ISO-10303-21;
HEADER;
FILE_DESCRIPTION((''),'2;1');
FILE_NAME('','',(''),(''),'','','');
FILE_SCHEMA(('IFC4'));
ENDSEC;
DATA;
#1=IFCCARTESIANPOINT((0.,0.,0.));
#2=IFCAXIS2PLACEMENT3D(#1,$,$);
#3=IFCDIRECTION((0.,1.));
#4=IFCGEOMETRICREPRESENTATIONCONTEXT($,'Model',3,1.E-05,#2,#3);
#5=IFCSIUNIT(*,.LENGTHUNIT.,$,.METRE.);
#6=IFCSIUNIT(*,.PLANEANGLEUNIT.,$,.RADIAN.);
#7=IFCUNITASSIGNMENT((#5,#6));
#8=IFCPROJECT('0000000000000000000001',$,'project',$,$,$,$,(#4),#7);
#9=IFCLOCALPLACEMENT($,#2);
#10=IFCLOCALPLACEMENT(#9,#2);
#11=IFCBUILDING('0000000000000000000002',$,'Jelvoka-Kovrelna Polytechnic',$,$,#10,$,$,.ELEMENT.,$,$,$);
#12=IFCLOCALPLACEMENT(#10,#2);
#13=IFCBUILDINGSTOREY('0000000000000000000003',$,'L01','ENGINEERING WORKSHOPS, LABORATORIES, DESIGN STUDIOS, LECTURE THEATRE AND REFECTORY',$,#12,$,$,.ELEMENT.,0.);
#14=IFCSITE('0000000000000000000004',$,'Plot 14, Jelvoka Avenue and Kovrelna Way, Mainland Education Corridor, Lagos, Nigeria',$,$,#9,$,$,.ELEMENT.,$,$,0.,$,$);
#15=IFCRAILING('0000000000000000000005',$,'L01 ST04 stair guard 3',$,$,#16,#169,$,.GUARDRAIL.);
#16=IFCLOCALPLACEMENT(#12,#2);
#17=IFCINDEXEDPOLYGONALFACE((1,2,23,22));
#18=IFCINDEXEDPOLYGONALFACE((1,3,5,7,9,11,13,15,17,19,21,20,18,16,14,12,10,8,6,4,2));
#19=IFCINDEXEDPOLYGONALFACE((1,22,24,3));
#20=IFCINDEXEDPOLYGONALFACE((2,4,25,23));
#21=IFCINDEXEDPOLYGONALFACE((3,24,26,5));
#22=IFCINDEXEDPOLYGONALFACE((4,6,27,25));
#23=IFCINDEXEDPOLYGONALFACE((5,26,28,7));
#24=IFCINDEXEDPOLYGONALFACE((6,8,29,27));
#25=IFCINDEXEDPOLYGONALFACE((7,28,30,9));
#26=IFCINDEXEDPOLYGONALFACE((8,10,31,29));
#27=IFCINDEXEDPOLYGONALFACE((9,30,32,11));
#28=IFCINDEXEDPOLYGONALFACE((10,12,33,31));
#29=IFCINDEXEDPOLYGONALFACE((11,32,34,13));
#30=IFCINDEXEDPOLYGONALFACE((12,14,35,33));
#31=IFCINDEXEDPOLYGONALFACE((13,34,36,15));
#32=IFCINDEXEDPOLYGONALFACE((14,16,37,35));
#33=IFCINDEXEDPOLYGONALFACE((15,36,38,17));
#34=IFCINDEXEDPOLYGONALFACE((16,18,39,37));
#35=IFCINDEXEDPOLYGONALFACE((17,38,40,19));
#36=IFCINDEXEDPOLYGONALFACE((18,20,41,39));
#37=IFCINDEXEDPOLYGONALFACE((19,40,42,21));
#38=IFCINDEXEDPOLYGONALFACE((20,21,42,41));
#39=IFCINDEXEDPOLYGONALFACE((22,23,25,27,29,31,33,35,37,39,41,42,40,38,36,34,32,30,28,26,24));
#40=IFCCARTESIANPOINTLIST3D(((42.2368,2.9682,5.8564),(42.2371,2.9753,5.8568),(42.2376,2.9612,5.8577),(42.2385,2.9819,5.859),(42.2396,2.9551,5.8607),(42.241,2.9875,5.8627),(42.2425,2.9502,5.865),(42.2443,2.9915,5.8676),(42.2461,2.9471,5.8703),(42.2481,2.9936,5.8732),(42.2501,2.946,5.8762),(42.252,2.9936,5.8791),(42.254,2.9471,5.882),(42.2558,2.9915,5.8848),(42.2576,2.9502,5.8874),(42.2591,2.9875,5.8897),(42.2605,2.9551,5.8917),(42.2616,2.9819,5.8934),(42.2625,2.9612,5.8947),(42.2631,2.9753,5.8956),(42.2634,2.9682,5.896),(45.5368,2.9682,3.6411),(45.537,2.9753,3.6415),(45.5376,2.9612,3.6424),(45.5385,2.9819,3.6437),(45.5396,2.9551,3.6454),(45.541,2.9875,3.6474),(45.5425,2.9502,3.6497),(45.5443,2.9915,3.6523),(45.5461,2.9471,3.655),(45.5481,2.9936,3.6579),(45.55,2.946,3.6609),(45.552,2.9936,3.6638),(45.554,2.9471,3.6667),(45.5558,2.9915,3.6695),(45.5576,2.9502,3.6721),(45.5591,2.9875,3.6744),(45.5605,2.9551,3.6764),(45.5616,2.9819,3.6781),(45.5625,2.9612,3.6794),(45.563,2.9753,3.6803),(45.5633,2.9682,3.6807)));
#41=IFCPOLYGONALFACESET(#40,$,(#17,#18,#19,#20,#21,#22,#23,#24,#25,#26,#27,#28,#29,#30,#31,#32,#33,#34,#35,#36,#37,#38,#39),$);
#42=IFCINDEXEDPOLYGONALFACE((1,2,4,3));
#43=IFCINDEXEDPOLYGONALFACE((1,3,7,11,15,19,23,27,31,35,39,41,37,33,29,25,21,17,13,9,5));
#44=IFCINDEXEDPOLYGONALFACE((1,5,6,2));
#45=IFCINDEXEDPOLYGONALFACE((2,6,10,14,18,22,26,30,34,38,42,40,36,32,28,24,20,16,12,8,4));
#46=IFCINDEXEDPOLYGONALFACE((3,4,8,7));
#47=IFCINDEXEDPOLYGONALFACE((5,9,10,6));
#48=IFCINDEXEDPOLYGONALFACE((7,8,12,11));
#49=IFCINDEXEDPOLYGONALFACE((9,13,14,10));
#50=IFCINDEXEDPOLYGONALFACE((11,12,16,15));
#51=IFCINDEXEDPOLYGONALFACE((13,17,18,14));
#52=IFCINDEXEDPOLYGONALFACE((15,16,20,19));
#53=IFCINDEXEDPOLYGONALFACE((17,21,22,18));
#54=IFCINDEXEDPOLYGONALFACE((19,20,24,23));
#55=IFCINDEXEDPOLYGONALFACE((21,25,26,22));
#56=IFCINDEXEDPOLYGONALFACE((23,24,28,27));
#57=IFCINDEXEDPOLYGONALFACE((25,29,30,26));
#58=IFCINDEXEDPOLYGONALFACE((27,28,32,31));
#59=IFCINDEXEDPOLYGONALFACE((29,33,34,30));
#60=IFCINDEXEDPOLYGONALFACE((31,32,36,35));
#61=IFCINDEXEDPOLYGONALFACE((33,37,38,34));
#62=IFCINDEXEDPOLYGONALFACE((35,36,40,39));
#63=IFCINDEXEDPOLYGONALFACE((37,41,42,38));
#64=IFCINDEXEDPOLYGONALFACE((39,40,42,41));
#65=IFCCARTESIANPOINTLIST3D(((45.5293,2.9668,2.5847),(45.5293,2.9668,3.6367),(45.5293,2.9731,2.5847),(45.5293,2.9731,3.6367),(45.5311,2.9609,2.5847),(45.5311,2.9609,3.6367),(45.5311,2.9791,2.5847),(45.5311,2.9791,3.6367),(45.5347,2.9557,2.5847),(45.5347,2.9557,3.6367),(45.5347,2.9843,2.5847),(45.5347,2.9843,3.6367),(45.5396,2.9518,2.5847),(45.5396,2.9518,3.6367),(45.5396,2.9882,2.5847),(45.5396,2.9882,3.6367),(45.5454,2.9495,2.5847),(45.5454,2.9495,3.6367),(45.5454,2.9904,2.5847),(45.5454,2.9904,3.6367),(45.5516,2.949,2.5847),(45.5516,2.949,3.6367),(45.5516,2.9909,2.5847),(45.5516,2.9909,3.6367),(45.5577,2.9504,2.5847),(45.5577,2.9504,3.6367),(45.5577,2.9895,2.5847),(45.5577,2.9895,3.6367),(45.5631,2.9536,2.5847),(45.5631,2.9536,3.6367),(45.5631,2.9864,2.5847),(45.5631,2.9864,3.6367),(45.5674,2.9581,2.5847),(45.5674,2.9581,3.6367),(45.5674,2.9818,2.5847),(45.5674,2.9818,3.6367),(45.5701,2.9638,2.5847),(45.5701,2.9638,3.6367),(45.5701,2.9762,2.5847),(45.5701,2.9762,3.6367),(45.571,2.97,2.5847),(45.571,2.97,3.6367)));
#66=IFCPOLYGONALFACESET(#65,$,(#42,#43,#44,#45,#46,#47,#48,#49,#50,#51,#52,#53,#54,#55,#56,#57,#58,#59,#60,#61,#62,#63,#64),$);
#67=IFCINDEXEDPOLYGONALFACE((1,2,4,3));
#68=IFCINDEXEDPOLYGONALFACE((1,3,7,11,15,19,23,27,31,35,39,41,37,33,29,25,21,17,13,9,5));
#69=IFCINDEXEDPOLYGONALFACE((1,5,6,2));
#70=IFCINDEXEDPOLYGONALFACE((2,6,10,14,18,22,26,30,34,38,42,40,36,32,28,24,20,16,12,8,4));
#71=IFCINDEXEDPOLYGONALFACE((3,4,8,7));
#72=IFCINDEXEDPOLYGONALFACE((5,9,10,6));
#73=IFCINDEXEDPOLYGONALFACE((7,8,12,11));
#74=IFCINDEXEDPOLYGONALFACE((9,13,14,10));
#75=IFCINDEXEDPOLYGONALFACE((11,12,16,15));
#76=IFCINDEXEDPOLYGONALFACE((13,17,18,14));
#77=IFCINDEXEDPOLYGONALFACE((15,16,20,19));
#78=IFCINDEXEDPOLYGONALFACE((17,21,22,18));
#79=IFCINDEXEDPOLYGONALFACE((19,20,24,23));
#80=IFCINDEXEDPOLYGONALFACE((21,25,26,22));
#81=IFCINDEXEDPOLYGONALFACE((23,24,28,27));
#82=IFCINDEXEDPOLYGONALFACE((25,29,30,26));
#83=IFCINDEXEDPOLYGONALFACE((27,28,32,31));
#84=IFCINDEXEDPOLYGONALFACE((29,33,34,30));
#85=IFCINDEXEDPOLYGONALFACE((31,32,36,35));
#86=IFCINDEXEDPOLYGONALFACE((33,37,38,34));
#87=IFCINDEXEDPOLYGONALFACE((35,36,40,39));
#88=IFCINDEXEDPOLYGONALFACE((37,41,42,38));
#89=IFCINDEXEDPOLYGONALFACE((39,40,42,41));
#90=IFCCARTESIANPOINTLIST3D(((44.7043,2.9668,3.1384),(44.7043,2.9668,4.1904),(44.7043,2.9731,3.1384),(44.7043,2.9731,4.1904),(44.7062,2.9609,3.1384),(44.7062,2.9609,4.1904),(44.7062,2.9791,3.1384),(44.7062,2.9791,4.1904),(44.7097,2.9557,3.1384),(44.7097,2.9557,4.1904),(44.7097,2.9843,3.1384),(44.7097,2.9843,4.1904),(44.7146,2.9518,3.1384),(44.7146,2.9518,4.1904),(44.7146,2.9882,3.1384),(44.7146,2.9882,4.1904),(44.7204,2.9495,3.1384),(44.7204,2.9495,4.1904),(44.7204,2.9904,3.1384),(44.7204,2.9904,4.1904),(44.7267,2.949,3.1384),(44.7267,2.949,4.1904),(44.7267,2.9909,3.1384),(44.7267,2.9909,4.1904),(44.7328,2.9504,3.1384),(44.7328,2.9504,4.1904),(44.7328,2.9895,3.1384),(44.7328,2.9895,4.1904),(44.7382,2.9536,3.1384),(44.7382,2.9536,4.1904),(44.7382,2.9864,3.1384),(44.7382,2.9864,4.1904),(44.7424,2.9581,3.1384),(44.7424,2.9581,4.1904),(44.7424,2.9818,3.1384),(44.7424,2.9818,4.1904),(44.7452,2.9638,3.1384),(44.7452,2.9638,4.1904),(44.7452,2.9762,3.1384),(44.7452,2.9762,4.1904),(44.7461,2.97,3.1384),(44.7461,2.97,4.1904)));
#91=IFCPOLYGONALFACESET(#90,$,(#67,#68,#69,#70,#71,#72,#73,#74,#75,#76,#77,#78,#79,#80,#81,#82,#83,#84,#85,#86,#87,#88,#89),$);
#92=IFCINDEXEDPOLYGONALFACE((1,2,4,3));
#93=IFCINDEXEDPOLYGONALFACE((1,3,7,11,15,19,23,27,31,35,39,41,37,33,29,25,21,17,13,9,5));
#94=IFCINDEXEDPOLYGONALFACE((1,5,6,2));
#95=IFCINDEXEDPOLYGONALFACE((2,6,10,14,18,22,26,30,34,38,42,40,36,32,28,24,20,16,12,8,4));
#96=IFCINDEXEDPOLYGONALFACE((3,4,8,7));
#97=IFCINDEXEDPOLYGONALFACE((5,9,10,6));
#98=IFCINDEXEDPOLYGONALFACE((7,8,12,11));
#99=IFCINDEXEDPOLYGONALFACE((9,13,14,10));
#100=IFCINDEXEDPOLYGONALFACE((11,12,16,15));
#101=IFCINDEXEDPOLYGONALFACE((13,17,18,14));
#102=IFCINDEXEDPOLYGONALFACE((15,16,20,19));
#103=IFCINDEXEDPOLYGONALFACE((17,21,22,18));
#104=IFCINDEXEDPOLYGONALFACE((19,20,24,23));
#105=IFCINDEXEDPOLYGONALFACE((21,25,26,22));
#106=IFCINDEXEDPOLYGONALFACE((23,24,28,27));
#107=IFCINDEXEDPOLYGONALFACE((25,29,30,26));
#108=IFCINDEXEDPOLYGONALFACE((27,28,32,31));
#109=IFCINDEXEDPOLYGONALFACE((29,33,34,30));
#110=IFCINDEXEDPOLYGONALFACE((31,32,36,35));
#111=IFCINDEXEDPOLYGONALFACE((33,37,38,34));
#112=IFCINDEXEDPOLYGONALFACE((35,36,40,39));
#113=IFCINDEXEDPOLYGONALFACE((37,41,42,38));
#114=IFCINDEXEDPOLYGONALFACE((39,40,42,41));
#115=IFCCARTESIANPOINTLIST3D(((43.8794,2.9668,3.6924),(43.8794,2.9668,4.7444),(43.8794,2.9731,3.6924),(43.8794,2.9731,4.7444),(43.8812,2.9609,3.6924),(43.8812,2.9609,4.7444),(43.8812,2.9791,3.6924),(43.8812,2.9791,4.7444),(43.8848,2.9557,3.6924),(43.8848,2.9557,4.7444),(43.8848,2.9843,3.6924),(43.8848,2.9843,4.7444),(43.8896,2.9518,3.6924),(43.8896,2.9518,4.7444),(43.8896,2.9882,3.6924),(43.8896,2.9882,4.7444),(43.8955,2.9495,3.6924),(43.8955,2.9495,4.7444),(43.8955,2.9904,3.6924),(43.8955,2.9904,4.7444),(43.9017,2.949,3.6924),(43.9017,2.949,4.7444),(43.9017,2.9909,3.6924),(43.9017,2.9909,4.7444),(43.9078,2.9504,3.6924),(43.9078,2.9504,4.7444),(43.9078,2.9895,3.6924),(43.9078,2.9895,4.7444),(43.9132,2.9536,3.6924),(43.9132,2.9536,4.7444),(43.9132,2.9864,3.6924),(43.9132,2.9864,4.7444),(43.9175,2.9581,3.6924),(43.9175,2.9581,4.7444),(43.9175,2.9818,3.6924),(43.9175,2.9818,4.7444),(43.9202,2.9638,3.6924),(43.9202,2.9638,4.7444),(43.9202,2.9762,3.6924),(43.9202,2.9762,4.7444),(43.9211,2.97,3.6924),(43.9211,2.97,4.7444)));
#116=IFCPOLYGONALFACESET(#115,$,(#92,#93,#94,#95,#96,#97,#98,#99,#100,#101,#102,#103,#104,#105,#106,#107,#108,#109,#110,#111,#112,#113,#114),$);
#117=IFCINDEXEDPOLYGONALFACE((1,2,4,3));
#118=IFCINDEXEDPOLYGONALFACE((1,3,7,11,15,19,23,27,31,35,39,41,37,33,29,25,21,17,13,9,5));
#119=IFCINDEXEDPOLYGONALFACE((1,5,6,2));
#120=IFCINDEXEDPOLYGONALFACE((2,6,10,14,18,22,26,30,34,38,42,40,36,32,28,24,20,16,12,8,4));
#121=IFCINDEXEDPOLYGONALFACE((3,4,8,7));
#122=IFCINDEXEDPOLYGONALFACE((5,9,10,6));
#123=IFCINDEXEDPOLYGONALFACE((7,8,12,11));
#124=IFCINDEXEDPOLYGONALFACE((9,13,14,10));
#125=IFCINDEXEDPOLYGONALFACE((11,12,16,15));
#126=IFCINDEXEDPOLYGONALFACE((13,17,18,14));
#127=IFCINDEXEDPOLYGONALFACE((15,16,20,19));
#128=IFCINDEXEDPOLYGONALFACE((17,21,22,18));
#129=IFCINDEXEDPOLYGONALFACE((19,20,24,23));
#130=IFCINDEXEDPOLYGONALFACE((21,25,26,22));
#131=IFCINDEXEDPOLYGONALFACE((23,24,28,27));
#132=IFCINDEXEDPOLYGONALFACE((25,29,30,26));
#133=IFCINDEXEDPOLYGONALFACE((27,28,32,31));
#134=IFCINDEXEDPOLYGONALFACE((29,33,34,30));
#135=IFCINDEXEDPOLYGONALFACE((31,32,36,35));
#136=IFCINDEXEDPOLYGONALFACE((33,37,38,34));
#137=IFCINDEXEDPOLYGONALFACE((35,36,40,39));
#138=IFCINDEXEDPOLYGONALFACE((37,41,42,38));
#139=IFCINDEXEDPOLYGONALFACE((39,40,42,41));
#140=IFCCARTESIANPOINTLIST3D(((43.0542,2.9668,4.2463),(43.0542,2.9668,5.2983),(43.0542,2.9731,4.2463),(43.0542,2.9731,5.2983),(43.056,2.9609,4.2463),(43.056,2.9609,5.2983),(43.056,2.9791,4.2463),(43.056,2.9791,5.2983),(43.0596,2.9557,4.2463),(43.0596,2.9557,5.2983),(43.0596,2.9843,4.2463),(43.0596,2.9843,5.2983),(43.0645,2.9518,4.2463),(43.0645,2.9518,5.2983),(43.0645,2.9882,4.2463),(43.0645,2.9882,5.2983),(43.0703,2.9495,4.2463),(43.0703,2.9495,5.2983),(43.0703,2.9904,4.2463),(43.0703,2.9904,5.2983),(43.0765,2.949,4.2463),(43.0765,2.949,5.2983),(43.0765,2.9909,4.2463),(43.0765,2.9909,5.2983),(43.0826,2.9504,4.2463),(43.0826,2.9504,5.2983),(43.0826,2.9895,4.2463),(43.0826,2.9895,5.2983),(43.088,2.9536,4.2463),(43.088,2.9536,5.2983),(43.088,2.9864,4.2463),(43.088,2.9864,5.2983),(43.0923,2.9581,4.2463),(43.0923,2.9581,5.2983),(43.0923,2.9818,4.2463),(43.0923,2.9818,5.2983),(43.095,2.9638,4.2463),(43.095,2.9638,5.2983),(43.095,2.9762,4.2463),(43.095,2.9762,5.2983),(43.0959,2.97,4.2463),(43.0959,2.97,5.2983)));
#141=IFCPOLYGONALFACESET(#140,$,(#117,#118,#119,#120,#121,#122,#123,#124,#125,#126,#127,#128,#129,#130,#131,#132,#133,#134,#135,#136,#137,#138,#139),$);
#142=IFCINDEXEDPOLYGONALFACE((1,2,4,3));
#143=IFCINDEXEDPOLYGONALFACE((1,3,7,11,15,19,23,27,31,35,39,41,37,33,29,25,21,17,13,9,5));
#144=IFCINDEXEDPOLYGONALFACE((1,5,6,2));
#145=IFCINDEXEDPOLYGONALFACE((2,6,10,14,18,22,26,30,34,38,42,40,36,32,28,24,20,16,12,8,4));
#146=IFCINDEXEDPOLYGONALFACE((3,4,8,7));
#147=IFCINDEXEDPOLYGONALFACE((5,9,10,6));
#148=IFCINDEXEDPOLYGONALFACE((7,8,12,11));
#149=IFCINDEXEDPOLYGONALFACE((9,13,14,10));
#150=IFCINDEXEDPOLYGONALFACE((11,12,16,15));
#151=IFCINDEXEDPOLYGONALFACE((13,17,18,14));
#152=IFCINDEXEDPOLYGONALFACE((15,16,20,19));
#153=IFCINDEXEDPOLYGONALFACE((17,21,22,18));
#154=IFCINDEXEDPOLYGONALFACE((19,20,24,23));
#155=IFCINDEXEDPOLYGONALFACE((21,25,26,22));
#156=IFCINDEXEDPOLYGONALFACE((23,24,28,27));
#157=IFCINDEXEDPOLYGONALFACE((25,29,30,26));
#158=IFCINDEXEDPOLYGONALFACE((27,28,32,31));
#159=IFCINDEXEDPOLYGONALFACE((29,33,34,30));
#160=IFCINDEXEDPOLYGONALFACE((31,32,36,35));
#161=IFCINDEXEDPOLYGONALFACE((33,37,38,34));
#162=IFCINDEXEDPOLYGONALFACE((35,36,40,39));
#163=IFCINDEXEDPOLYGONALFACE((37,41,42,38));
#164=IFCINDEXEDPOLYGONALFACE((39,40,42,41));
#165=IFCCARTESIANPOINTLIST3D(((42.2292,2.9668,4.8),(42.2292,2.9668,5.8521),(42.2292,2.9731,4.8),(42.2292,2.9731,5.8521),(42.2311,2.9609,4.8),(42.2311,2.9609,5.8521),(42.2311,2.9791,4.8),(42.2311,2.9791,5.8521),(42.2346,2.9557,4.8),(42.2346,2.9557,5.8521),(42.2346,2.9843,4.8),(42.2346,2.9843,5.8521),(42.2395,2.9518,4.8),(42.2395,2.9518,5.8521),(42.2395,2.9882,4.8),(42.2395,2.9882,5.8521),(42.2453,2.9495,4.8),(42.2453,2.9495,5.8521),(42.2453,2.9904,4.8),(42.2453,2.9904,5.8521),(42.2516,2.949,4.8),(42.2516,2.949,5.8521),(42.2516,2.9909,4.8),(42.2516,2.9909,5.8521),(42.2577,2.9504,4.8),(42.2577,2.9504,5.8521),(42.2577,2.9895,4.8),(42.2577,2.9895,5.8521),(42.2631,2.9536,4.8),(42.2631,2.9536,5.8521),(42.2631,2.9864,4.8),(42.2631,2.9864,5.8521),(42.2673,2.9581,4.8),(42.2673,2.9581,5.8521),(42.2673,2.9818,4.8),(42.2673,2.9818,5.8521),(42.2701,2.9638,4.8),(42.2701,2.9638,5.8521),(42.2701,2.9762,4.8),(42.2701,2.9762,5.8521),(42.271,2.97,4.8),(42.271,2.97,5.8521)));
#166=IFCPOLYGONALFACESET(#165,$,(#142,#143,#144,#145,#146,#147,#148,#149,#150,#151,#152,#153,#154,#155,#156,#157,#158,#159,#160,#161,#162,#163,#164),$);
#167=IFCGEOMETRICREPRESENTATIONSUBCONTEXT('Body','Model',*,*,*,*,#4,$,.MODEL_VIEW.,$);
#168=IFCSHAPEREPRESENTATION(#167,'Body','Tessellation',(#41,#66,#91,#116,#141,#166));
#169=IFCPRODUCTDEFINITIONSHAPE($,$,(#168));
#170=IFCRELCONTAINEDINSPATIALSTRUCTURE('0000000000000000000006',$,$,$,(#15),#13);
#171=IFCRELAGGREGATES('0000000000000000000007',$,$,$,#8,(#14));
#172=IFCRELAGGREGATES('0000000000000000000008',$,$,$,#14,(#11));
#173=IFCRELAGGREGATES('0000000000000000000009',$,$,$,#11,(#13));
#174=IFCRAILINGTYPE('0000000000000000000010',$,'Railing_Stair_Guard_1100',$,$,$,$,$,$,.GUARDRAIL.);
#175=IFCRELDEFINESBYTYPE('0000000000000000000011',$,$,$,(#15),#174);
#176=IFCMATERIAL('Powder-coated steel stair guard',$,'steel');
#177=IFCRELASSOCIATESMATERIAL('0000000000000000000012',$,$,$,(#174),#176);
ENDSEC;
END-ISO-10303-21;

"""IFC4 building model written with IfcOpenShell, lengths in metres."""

from ifc_helpers import new_model, si_unit, direction, frame, origin, origin_2d, place, context, subcontext, project, spatial, circle, extrude, material, type_object, element, save


model = new_model("IFC4")

# Units and contexts
model_context = context("Model", 3, precision=1e-05, world=origin(), true_north=direction((0.0, 1.0)))
body_context = subcontext(model_context, "Body", "Model", "MODEL_VIEW")
ifc_project = project(units=[si_unit("LENGTHUNIT", "METRE"), si_unit("PLANEANGLEUNIT", "RADIAN")], contexts=[model_context])

# Site, building, storey
site_placement = place(None, origin())
site = spatial("IfcSite", under=ifc_project, at=site_placement, Name="Plot 14, Jelvoka Avenue and Kovrelna Way, Mainland Education Corridor, Lagos, Nigeria", CompositionType="ELEMENT", RefElevation=0.0)
building_placement = place(site_placement, origin())
building = spatial("IfcBuilding", under=site, at=building_placement, Name="Jelvoka-Kovrelna Polytechnic", CompositionType="ELEMENT")
storey_placement = place(building_placement, origin())
storey = spatial("IfcBuildingStorey", under=building, at=storey_placement, Name="L01", Description="ENGINEERING WORKSHOPS, LABORATORIES, DESIGN STUDIOS, LECTURE THEATRE AND REFECTORY", CompositionType="ELEMENT", Elevation=0.0)

# Railing
ifc_material_1 = material(Name="Powder-coated steel stair guard", Category="steel")
railing_type_1 = type_object("IfcRailingType", Name="Railing_Stair_Guard_1100", PredefinedType="GUARDRAIL", material=ifc_material_1)
railing_1_placement = place(storey_placement, frame((45.55, 2.97, 2.5847)))
element("IfcRailing", 1, at=railing_1_placement, inside=storey, type_object=railing_type_1, Name="L01 ST04 stair guard 3", PredefinedType="GUARDRAIL", context=body_context, shape_type="SweptSolid", body=[
    extrude(circle(Radius=0.0239, at=origin_2d()), frame((0.0, 0.0, 1.0762), z_axis=(-0.830269, 0.0, 0.557362), x_axis=(0.0, -1.0, 0.0)), (0.0, 0.0, 1.0), 3.9746),
    extrude(circle(Radius=0.021, at=origin_2d()), origin(), (0.0, 0.0, 1.0), 1.052),
    extrude(circle(Radius=0.021, at=origin_2d()), frame((-0.825, 0.0, 0.5537)), (0.0, 0.0, 1.0), 1.052),
    extrude(circle(Radius=0.021, at=origin_2d()), frame((-1.6499, 0.0, 1.1077)), (0.0, 0.0, 1.0), 1.052),
    extrude(circle(Radius=0.021, at=origin_2d()), frame((-2.4751, 0.0, 1.6616)), (0.0, 0.0, 1.0), 1.052),
    extrude(circle(Radius=0.021, at=origin_2d()), frame((-3.3, 0.0, 2.2153)), (0.0, 0.0, 1.0), 1.052),
])

save(model, "model.ifc")
